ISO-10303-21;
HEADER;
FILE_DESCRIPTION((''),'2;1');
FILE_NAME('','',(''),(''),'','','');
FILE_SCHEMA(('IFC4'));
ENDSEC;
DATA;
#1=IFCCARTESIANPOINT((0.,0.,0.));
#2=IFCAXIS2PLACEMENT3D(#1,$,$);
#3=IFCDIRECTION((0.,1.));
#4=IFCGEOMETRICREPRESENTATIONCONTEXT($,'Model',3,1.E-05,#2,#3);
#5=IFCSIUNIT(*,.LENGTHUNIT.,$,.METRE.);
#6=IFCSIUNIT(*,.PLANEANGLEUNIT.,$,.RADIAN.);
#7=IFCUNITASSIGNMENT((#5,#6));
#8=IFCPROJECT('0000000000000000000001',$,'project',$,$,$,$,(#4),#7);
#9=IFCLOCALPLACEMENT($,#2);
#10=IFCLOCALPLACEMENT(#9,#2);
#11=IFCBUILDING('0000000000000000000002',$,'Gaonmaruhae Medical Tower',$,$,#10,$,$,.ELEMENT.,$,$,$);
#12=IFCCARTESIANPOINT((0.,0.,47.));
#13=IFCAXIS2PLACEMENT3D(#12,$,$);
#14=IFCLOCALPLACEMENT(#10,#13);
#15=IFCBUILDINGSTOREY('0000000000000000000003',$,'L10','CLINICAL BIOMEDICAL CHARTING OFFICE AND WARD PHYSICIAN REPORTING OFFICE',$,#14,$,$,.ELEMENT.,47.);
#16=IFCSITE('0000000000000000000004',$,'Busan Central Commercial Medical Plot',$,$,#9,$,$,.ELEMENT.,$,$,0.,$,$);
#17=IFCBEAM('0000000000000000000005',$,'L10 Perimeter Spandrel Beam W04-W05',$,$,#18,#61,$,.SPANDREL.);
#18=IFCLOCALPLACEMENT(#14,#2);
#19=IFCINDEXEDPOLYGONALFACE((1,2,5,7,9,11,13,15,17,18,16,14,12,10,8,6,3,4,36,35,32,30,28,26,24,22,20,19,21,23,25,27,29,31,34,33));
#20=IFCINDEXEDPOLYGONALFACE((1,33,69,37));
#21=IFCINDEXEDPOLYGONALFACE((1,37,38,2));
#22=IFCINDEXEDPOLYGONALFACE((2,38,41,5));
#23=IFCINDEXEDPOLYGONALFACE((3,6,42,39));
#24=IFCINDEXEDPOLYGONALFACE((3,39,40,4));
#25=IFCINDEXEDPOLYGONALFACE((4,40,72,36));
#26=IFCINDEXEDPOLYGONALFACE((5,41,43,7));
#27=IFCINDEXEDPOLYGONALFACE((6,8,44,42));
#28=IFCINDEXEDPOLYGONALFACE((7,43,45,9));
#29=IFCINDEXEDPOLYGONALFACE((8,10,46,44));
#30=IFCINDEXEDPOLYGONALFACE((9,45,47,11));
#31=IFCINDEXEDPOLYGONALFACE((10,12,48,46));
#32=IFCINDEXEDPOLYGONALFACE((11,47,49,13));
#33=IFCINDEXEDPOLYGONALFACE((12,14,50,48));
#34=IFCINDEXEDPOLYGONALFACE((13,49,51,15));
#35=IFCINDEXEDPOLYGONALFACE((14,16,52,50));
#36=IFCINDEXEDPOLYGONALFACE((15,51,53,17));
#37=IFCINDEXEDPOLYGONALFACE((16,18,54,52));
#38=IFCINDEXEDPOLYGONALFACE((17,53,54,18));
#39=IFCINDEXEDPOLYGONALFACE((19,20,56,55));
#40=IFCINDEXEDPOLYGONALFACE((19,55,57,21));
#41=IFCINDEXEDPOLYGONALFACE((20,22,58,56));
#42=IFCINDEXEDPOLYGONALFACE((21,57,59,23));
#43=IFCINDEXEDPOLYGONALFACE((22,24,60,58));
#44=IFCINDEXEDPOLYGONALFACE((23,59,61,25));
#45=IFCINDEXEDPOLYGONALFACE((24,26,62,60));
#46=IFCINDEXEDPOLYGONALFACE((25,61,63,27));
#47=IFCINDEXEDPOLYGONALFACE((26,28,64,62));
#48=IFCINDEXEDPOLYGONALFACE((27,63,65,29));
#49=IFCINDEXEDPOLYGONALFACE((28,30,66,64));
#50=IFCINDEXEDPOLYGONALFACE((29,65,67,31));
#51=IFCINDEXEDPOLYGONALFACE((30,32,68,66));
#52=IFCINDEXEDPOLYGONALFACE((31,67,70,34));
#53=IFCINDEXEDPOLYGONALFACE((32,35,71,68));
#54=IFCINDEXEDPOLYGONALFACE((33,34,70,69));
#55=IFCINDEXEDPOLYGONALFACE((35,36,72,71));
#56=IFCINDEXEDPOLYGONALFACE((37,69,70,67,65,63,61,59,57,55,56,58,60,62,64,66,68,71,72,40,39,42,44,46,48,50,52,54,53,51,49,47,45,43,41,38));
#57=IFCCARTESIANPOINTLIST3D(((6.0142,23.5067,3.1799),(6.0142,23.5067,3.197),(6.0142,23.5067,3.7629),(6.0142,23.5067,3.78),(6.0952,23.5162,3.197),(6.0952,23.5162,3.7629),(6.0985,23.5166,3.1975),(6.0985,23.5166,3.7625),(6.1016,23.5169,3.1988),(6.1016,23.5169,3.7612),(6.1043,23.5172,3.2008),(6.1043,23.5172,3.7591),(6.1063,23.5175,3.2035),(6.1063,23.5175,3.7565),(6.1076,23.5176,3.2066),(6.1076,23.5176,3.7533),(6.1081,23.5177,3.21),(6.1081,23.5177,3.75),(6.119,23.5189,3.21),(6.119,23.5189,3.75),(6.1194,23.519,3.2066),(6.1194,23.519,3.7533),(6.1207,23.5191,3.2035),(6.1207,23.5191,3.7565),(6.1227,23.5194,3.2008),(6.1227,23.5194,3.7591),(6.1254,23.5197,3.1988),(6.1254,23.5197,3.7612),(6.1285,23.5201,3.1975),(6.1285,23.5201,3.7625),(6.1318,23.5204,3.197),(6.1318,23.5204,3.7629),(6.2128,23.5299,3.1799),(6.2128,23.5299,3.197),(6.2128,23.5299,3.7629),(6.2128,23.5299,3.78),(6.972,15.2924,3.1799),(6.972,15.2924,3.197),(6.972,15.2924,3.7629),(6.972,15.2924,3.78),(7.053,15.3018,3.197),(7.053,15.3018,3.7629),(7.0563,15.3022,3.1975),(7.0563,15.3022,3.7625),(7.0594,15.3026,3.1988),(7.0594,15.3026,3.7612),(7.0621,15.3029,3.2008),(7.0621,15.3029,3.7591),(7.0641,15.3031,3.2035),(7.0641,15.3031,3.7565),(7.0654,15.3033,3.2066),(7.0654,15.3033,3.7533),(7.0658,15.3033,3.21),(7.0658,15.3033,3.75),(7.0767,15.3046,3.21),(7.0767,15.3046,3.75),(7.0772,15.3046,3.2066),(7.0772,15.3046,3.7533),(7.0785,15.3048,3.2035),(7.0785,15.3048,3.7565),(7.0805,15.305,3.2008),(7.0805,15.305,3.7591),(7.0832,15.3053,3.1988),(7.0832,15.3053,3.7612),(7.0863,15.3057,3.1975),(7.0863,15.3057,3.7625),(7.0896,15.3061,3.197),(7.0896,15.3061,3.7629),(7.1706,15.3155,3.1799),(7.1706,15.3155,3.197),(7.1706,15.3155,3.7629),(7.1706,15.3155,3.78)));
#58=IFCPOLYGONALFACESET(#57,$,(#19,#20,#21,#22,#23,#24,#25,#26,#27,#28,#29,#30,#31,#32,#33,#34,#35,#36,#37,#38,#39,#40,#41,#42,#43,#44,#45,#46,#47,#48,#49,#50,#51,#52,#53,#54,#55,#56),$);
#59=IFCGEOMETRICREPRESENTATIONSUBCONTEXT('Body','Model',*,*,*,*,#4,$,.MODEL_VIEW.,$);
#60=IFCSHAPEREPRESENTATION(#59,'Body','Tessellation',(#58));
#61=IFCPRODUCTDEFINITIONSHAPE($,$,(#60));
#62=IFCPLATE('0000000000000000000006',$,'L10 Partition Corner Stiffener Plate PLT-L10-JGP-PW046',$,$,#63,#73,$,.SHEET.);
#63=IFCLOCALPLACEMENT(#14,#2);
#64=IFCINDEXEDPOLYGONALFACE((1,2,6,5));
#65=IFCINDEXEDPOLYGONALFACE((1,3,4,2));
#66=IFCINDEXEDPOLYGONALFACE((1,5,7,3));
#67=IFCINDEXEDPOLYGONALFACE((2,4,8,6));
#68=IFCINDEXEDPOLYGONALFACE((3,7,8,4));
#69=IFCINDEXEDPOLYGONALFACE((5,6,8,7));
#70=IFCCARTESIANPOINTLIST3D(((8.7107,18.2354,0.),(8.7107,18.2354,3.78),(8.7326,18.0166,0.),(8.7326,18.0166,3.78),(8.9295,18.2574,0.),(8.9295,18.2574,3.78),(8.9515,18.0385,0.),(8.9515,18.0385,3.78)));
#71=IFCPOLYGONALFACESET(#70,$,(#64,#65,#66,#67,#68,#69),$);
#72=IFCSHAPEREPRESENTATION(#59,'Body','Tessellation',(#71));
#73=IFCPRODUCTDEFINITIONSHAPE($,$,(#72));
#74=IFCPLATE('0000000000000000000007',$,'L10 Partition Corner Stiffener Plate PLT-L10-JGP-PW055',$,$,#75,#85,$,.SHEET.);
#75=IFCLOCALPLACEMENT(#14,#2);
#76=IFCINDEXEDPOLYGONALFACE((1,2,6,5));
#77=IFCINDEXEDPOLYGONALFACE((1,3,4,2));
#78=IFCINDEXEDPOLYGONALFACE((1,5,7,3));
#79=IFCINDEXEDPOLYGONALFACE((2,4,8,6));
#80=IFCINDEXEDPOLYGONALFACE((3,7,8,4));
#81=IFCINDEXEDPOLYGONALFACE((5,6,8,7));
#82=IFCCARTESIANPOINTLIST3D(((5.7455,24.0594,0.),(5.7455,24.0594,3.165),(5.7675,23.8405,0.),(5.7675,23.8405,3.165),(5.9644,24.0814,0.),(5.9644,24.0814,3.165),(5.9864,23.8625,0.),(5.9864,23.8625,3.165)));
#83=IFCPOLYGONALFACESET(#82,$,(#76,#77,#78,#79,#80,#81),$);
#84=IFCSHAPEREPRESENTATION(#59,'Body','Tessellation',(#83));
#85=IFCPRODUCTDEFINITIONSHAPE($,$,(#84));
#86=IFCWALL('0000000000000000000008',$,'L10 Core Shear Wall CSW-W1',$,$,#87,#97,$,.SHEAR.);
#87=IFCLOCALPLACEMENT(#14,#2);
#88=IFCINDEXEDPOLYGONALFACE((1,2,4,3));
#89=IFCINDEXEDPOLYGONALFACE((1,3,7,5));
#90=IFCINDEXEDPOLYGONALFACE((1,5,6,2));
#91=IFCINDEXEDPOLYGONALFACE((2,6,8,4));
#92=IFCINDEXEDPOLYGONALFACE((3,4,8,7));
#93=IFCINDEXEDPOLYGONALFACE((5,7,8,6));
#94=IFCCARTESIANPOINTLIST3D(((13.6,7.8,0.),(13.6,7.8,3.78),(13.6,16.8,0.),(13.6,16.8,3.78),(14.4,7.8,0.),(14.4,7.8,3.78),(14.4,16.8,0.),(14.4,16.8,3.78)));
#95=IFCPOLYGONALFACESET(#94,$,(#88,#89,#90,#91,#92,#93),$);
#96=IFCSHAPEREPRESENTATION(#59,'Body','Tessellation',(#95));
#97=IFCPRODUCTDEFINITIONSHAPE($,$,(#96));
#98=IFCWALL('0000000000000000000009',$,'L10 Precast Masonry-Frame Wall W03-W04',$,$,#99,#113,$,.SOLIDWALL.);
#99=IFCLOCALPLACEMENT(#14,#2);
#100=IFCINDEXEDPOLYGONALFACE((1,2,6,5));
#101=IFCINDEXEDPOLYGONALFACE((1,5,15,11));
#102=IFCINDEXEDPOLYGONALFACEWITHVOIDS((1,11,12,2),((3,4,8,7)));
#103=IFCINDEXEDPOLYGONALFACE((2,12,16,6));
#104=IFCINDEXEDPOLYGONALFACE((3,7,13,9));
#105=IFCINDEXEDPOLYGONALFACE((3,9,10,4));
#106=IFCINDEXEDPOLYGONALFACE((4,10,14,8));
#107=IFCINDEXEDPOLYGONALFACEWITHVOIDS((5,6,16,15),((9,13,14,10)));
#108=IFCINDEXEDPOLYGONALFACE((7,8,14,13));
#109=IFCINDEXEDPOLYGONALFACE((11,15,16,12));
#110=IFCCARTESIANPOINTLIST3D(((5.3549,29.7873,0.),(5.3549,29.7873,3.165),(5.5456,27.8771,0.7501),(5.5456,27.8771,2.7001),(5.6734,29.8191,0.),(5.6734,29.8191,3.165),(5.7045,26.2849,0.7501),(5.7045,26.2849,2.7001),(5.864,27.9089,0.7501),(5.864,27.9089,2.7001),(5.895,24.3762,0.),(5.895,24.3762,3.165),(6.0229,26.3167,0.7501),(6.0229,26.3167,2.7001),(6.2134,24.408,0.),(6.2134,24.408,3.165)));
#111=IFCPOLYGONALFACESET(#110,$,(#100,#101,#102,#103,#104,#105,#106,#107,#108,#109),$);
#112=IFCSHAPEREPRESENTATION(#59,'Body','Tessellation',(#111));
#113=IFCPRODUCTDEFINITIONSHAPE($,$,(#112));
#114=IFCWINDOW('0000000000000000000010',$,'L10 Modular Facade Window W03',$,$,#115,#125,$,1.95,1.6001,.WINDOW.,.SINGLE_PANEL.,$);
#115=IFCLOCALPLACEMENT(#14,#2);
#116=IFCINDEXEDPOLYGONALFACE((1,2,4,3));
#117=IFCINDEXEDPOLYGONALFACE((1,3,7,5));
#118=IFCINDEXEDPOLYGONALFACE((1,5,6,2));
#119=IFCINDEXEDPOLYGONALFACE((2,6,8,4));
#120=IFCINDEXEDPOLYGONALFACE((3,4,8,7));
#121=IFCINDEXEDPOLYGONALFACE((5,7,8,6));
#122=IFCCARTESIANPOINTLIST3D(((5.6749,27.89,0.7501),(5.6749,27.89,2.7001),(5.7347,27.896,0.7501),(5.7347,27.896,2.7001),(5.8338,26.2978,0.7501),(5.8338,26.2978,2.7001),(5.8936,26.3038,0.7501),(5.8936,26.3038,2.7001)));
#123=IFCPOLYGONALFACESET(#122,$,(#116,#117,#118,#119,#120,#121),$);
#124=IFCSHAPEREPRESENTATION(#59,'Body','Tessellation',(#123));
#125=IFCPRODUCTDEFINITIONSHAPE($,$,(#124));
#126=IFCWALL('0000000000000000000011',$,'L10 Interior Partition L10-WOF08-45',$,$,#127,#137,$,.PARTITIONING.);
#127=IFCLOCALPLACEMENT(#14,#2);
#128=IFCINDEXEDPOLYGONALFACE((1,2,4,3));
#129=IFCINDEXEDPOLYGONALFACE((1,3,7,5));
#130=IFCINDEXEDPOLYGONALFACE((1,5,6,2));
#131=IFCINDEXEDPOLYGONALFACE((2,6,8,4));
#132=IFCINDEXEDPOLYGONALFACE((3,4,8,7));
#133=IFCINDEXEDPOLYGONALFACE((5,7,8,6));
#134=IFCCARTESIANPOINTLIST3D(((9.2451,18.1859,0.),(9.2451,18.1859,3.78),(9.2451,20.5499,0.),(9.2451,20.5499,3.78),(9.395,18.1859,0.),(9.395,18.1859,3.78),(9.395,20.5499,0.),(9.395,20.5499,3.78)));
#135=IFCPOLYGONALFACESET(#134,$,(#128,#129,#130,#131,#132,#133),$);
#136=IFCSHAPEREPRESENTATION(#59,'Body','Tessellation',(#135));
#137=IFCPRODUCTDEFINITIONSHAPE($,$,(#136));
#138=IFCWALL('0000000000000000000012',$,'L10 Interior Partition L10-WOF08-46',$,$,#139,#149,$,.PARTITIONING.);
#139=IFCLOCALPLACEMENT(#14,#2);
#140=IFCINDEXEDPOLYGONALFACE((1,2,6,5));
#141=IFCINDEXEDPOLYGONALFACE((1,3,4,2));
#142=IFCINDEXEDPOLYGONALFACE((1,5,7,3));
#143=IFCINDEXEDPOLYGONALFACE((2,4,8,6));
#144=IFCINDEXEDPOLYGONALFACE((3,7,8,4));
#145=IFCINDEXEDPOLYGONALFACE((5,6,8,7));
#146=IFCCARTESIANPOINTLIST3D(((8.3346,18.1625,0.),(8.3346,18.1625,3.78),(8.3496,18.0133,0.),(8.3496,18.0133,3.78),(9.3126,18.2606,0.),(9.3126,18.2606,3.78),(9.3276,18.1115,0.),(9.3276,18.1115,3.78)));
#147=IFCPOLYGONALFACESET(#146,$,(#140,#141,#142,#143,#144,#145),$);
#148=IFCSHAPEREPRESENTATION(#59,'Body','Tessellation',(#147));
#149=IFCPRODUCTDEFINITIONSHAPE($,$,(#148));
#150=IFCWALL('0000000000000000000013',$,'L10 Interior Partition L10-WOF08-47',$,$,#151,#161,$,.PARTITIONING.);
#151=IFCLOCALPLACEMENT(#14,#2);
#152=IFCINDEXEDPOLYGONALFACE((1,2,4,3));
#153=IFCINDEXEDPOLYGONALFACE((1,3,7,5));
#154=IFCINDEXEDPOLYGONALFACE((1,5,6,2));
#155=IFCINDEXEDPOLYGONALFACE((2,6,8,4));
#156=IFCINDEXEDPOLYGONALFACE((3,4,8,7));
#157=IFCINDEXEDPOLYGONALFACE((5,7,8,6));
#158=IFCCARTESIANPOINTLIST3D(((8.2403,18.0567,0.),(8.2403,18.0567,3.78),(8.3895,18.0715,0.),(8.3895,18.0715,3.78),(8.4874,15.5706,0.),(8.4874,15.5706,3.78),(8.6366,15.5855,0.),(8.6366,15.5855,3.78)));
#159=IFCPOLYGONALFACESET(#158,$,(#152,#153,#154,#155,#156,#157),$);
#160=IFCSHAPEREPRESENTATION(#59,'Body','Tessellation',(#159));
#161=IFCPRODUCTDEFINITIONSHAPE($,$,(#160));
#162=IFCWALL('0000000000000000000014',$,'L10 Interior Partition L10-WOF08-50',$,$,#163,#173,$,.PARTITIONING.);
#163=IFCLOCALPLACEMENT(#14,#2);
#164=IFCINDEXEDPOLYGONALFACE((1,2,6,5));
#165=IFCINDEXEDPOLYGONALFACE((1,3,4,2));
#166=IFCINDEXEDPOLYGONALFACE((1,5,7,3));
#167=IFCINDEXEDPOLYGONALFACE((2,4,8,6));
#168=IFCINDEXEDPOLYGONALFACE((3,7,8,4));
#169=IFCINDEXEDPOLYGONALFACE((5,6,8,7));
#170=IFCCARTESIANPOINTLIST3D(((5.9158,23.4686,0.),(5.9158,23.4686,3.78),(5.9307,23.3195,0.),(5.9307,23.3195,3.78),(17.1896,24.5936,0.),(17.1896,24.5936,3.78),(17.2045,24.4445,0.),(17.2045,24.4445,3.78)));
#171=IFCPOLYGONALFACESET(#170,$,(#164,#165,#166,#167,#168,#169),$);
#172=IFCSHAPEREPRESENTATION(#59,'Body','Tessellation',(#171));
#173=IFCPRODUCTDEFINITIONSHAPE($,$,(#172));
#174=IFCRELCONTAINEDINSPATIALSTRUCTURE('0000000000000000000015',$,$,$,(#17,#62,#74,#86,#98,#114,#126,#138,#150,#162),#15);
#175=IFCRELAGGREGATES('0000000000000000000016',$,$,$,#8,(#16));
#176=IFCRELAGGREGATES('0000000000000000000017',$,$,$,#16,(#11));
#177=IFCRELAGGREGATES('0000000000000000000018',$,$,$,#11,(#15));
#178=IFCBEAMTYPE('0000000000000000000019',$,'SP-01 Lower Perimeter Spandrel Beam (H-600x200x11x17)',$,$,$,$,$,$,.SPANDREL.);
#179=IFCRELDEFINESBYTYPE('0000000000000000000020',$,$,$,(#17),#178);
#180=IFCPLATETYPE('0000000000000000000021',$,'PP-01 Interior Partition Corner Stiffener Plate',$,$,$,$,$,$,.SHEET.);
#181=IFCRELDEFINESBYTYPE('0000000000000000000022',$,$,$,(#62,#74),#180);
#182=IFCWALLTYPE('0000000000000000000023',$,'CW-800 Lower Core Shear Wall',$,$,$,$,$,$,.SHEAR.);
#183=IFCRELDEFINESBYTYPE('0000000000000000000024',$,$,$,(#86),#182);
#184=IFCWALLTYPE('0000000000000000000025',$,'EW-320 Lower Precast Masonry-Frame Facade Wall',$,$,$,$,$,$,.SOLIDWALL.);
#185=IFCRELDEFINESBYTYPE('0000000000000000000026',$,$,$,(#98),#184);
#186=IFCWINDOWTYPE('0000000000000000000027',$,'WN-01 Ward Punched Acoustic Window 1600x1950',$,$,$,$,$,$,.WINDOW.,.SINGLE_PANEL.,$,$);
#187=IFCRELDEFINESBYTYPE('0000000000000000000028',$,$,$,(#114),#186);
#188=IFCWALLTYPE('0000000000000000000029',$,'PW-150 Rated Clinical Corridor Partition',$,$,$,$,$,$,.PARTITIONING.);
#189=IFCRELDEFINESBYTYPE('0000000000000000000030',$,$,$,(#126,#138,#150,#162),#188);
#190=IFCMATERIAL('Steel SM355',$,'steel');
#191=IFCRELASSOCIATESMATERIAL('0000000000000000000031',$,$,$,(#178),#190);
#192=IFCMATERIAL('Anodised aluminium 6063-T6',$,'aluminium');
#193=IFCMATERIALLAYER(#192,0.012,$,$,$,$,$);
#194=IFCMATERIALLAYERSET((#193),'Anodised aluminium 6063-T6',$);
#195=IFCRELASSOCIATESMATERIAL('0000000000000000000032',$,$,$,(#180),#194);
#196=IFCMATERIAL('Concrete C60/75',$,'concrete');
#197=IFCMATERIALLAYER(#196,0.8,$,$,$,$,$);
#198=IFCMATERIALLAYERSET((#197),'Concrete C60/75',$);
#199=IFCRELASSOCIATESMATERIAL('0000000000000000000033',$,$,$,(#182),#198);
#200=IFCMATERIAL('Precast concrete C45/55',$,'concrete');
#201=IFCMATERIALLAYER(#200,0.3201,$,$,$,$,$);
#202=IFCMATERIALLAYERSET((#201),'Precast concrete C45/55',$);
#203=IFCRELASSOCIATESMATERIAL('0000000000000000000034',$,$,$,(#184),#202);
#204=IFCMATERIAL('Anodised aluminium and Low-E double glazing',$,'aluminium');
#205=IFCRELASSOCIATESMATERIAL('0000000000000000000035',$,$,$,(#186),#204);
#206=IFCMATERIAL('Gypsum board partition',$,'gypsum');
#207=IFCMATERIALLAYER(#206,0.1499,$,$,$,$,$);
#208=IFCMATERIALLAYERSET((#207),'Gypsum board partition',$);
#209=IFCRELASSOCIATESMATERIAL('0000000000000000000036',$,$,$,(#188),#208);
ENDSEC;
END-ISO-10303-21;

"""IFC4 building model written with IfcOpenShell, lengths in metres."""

from ifc_helpers import new_model, si_unit, direction, frame, frame_2d, origin, origin_2d, place, context, subcontext, project, spatial, rectangle, i_section, extrude, material, layer, layer_set, material_profile, profile_set, type_object, element, fill, save


model = new_model("IFC4")

# Units and contexts
model_context = context("Model", 3, precision=1e-05, world=origin(), true_north=direction((0.0, 1.0)))
body_context = subcontext(model_context, "Body", "Model", "MODEL_VIEW")
ifc_project = project(units=[si_unit("LENGTHUNIT", "METRE"), si_unit("PLANEANGLEUNIT", "RADIAN")], contexts=[model_context])

# Site, building, storey
site_placement = place(None, origin())
site = spatial("IfcSite", under=ifc_project, at=site_placement, Name="Busan Central Commercial Medical Plot", CompositionType="ELEMENT", RefElevation=0.0)
building_placement = place(site_placement, origin())
building = spatial("IfcBuilding", under=site, at=building_placement, Name="Gaonmaruhae Medical Tower", CompositionType="ELEMENT")
storey_placement = place(building_placement, frame((0.0, 0.0, 47.0)))
storey = spatial("IfcBuildingStorey", under=building, at=storey_placement, Name="L10", Description="CLINICAL BIOMEDICAL CHARTING OFFICE AND WARD PHYSICIAN REPORTING OFFICE", CompositionType="ELEMENT", Elevation=47.0)

# Shared definitions
ifc_material_1 = material(Name="Concrete C60/75", Category="concrete")

# Beam
ifc_material_2 = material(Name="Steel SM355", Category="steel")
ifc_material_profile_1 = material_profile(ifc_material_2, i_section(OverallWidth=0.2, OverallDepth=0.6001, WebThickness=0.011, FlangeThickness=0.0171, FilletRadius=0.0129, at=origin_2d()), Name="H-600x200x11x17")
ifc_profile_set_1 = profile_set([ifc_material_profile_1], Name="Steel SM355")
beam_type_1 = type_object("IfcBeamType", Name="SP-01 Lower Perimeter Spandrel Beam (H-600x200x11x17)", PredefinedType="SPANDREL", material=ifc_profile_set_1)
beam_1_placement = place(storey_placement, frame((6.1135, 23.5183, 3.48), z_axis=(0.115812, -0.993271, 0.0), x_axis=(0.993271, 0.115812, 0.0)))
element("IfcBeam", 1, at=beam_1_placement, inside=storey, type_object=beam_type_1, Name="L10 Perimeter Spandrel Beam W04-W05", PredefinedType="SPANDREL", context=body_context, shape_type="SweptSolid", body=[
    extrude(i_section(OverallWidth=0.2, OverallDepth=0.6001, WebThickness=0.011, FlangeThickness=0.0171, FilletRadius=0.0129, at=origin_2d()), origin(), (0.0, 0.0, 1.0), 8.27),
])

# Plates
ifc_material_3 = material(Name="Anodised aluminium 6063-T6", Category="aluminium")
ifc_layer_1 = layer(ifc_material_3, 0.012)
ifc_layer_set_1 = layer_set([ifc_layer_1], Name="Anodised aluminium 6063-T6")
plate_type = type_object("IfcPlateType", Name="PP-01 Interior Partition Corner Stiffener Plate", PredefinedType="SHEET", material=ifc_layer_set_1)
plate_1_placement = place(storey_placement, frame((8.8311, 18.137, 0.0), z_axis=(0.0, 0.0, 1.0), x_axis=(-0.995017, -0.099702, 0.0)))
element("IfcPlate", 2, at=plate_1_placement, inside=storey, type_object=plate_type, Name="L10 Partition Corner Stiffener Plate PLT-L10-JGP-PW046", PredefinedType="SHEET", context=body_context, shape_type="SweptSolid", body=[
    extrude(rectangle(XDim=0.22, YDim=0.22, at=origin_2d()), origin(), (0.0, 0.0, 1.0), 3.78),
])
plate_2_placement = place(storey_placement, frame((5.866, 23.9609, 0.0), z_axis=(0.0, 0.0, 1.0), x_axis=(-0.09998, 0.994989, 0.0)))
element("IfcPlate", 3, at=plate_2_placement, inside=storey, type_object=plate_type, Name="L10 Partition Corner Stiffener Plate PLT-L10-JGP-PW055", PredefinedType="SHEET", context=body_context, shape_type="SweptSolid", body=[
    extrude(rectangle(XDim=0.22, YDim=0.22, at=origin_2d()), origin(), (0.0, 0.0, 1.0), 3.165),
])

# Wall
ifc_layer_2 = layer(ifc_material_1, 0.8)
ifc_layer_set_2 = layer_set([ifc_layer_2], Name="Concrete C60/75")
wall_type_1 = type_object("IfcWallType", Name="CW-800 Lower Core Shear Wall", PredefinedType="SHEAR", material=ifc_layer_set_2)
wall_1_placement = place(storey_placement, frame((14.0, 16.8, 0.0), z_axis=(0.0, 0.0, 1.0), x_axis=(0.0, -1.0, 0.0)))
element("IfcWall", 4, at=wall_1_placement, inside=storey, type_object=wall_type_1, Name="L10 Core Shear Wall CSW-W1", PredefinedType="SHEAR", context=body_context, shape_type="SweptSolid", body=[
    extrude(rectangle(XDim=9.0, YDim=0.8, at=frame_2d((4.5, 0.0))), origin(), (0.0, 0.0, 1.0), 3.78),
])

# Wall, opening, window
ifc_material_4 = material(Name="Precast concrete C45/55", Category="concrete")
ifc_layer_3 = layer(ifc_material_4, 0.3201)
ifc_layer_set_3 = layer_set([ifc_layer_3], Name="Precast concrete C45/55")
wall_type_2 = type_object("IfcWallType", Name="EW-320 Lower Precast Masonry-Frame Facade Wall", PredefinedType="SOLIDWALL", material=ifc_layer_set_3)
wall_2_placement = place(storey_placement, frame((6.0542, 24.3921, 0.0), z_axis=(0.0, 0.0, 1.0), x_axis=(-0.099308, 0.995057, 0.0)))
wall_2 = element("IfcWall", 5, at=wall_2_placement, inside=storey, type_object=wall_type_2, Name="L10 Precast Masonry-Frame Wall W03-W04", PredefinedType="SOLIDWALL", context=body_context, shape_type="SweptSolid", body=[
    extrude(rectangle(XDim=5.438, YDim=0.3201, at=frame_2d((2.719, 0.0))), origin(), (0.0, 0.0, 1.0), 3.165),
])
opening_1_placement = place(wall_2_placement, frame((1.9182, 0.0, 0.75)))
opening_1 = element("IfcOpeningElement", 6, at=opening_1_placement, cuts=wall_2, PredefinedType="OPENING", context=body_context, shape_type="SweptSolid", body=[
    extrude(rectangle(XDim=1.6001, YDim=1.95, at=frame_2d((0.8, 0.9751))), frame((0.0, 0.1699, 0.0), z_axis=(0.0, -1.0, 0.0), x_axis=(1.0, 0.0, 0.0)), (0.0, 0.0, 1.0), 0.3401),
])
ifc_material_5 = material(Name="Anodised aluminium and Low-E double glazing", Category="aluminium")
window_type = type_object("IfcWindowType", Name="WN-01 Ward Punched Acoustic Window 1600x1950", PartitioningType="SINGLE_PANEL", PredefinedType="WINDOW", material=ifc_material_5)
window_placement = place(opening_1_placement, origin())
window = element("IfcWindow", 7, at=window_placement, inside=storey, type_object=window_type, Name="L10 Modular Facade Window W03", OverallHeight=1.95, OverallWidth=1.6001, PartitioningType="SINGLE_PANEL", PredefinedType="WINDOW", context=body_context, shape_type="SweptSolid", body=[
    extrude(rectangle(XDim=1.6001, YDim=1.95, at=frame_2d((0.8, 0.9751))), frame((0.0, 0.03, 0.0), z_axis=(0.0, -1.0, 0.0), x_axis=(1.0, 0.0, 0.0)), (0.0, 0.0, 1.0), 0.0601),
])
fill(opening_1, window)

# Walls
ifc_material_6 = material(Name="Gypsum board partition", Category="gypsum")
ifc_layer_4 = layer(ifc_material_6, 0.1499)
ifc_layer_set_4 = layer_set([ifc_layer_4], Name="Gypsum board partition")
wall_type_3 = type_object("IfcWallType", Name="PW-150 Rated Clinical Corridor Partition", PredefinedType="PARTITIONING", material=ifc_layer_set_4)
wall_3_placement = place(storey_placement, frame((9.3201, 20.55, 0.0), z_axis=(0.0, 0.0, 1.0), x_axis=(0.0, -1.0, 0.0)))
element("IfcWall", 8, at=wall_3_placement, inside=storey, type_object=wall_type_3, Name="L10 Interior Partition L10-WOF08-45", PredefinedType="PARTITIONING", context=body_context, shape_type="SweptSolid", body=[
    extrude(rectangle(XDim=2.364, YDim=0.1499, at=frame_2d((1.1821, 0.0))), origin(), (0.0, 0.0, 1.0), 3.78),
])
wall_4_placement = place(storey_placement, frame((9.3201, 18.186, 0.0), z_axis=(0.0, 0.0, 1.0), x_axis=(-0.995003, -0.099848, 0.0)))
element("IfcWall", 9, at=wall_4_placement, inside=storey, type_object=wall_type_3, Name="L10 Interior Partition L10-WOF08-46", PredefinedType="PARTITIONING", context=body_context, shape_type="SweptSolid", body=[
    extrude(rectangle(XDim=0.9829, YDim=0.1499, at=frame_2d((0.4915, 0.0))), origin(), (0.0, 0.0, 1.0), 3.78),
])
wall_5_placement = place(storey_placement, frame((8.3149, 18.064, 0.0), z_axis=(0.0, 0.0, 1.0), x_axis=(0.098894, -0.995098, 0.0)))
element("IfcWall", 10, at=wall_5_placement, inside=storey, type_object=wall_type_3, Name="L10 Interior Partition L10-WOF08-47", PredefinedType="PARTITIONING", context=body_context, shape_type="SweptSolid", body=[
    extrude(rectangle(XDim=2.4983, YDim=0.1499, at=frame_2d((1.249, 0.0))), origin(), (0.0, 0.0, 1.0), 3.78),
])
wall_6_placement = place(storey_placement, frame((5.9231, 23.394, 0.0), z_axis=(0.0, 0.0, 1.0), x_axis=(0.995058, 0.099295, 0.0)))
element("IfcWall", 11, at=wall_6_placement, inside=storey, type_object=wall_type_3, Name="L10 Interior Partition L10-WOF08-50", PredefinedType="PARTITIONING", context=body_context, shape_type="SweptSolid", body=[
    extrude(rectangle(XDim=11.3298, YDim=0.1499, at=frame_2d((5.665, 0.0))), origin(), (0.0, 0.0, 1.0), 3.78),
])

save(model, "model.ifc")
